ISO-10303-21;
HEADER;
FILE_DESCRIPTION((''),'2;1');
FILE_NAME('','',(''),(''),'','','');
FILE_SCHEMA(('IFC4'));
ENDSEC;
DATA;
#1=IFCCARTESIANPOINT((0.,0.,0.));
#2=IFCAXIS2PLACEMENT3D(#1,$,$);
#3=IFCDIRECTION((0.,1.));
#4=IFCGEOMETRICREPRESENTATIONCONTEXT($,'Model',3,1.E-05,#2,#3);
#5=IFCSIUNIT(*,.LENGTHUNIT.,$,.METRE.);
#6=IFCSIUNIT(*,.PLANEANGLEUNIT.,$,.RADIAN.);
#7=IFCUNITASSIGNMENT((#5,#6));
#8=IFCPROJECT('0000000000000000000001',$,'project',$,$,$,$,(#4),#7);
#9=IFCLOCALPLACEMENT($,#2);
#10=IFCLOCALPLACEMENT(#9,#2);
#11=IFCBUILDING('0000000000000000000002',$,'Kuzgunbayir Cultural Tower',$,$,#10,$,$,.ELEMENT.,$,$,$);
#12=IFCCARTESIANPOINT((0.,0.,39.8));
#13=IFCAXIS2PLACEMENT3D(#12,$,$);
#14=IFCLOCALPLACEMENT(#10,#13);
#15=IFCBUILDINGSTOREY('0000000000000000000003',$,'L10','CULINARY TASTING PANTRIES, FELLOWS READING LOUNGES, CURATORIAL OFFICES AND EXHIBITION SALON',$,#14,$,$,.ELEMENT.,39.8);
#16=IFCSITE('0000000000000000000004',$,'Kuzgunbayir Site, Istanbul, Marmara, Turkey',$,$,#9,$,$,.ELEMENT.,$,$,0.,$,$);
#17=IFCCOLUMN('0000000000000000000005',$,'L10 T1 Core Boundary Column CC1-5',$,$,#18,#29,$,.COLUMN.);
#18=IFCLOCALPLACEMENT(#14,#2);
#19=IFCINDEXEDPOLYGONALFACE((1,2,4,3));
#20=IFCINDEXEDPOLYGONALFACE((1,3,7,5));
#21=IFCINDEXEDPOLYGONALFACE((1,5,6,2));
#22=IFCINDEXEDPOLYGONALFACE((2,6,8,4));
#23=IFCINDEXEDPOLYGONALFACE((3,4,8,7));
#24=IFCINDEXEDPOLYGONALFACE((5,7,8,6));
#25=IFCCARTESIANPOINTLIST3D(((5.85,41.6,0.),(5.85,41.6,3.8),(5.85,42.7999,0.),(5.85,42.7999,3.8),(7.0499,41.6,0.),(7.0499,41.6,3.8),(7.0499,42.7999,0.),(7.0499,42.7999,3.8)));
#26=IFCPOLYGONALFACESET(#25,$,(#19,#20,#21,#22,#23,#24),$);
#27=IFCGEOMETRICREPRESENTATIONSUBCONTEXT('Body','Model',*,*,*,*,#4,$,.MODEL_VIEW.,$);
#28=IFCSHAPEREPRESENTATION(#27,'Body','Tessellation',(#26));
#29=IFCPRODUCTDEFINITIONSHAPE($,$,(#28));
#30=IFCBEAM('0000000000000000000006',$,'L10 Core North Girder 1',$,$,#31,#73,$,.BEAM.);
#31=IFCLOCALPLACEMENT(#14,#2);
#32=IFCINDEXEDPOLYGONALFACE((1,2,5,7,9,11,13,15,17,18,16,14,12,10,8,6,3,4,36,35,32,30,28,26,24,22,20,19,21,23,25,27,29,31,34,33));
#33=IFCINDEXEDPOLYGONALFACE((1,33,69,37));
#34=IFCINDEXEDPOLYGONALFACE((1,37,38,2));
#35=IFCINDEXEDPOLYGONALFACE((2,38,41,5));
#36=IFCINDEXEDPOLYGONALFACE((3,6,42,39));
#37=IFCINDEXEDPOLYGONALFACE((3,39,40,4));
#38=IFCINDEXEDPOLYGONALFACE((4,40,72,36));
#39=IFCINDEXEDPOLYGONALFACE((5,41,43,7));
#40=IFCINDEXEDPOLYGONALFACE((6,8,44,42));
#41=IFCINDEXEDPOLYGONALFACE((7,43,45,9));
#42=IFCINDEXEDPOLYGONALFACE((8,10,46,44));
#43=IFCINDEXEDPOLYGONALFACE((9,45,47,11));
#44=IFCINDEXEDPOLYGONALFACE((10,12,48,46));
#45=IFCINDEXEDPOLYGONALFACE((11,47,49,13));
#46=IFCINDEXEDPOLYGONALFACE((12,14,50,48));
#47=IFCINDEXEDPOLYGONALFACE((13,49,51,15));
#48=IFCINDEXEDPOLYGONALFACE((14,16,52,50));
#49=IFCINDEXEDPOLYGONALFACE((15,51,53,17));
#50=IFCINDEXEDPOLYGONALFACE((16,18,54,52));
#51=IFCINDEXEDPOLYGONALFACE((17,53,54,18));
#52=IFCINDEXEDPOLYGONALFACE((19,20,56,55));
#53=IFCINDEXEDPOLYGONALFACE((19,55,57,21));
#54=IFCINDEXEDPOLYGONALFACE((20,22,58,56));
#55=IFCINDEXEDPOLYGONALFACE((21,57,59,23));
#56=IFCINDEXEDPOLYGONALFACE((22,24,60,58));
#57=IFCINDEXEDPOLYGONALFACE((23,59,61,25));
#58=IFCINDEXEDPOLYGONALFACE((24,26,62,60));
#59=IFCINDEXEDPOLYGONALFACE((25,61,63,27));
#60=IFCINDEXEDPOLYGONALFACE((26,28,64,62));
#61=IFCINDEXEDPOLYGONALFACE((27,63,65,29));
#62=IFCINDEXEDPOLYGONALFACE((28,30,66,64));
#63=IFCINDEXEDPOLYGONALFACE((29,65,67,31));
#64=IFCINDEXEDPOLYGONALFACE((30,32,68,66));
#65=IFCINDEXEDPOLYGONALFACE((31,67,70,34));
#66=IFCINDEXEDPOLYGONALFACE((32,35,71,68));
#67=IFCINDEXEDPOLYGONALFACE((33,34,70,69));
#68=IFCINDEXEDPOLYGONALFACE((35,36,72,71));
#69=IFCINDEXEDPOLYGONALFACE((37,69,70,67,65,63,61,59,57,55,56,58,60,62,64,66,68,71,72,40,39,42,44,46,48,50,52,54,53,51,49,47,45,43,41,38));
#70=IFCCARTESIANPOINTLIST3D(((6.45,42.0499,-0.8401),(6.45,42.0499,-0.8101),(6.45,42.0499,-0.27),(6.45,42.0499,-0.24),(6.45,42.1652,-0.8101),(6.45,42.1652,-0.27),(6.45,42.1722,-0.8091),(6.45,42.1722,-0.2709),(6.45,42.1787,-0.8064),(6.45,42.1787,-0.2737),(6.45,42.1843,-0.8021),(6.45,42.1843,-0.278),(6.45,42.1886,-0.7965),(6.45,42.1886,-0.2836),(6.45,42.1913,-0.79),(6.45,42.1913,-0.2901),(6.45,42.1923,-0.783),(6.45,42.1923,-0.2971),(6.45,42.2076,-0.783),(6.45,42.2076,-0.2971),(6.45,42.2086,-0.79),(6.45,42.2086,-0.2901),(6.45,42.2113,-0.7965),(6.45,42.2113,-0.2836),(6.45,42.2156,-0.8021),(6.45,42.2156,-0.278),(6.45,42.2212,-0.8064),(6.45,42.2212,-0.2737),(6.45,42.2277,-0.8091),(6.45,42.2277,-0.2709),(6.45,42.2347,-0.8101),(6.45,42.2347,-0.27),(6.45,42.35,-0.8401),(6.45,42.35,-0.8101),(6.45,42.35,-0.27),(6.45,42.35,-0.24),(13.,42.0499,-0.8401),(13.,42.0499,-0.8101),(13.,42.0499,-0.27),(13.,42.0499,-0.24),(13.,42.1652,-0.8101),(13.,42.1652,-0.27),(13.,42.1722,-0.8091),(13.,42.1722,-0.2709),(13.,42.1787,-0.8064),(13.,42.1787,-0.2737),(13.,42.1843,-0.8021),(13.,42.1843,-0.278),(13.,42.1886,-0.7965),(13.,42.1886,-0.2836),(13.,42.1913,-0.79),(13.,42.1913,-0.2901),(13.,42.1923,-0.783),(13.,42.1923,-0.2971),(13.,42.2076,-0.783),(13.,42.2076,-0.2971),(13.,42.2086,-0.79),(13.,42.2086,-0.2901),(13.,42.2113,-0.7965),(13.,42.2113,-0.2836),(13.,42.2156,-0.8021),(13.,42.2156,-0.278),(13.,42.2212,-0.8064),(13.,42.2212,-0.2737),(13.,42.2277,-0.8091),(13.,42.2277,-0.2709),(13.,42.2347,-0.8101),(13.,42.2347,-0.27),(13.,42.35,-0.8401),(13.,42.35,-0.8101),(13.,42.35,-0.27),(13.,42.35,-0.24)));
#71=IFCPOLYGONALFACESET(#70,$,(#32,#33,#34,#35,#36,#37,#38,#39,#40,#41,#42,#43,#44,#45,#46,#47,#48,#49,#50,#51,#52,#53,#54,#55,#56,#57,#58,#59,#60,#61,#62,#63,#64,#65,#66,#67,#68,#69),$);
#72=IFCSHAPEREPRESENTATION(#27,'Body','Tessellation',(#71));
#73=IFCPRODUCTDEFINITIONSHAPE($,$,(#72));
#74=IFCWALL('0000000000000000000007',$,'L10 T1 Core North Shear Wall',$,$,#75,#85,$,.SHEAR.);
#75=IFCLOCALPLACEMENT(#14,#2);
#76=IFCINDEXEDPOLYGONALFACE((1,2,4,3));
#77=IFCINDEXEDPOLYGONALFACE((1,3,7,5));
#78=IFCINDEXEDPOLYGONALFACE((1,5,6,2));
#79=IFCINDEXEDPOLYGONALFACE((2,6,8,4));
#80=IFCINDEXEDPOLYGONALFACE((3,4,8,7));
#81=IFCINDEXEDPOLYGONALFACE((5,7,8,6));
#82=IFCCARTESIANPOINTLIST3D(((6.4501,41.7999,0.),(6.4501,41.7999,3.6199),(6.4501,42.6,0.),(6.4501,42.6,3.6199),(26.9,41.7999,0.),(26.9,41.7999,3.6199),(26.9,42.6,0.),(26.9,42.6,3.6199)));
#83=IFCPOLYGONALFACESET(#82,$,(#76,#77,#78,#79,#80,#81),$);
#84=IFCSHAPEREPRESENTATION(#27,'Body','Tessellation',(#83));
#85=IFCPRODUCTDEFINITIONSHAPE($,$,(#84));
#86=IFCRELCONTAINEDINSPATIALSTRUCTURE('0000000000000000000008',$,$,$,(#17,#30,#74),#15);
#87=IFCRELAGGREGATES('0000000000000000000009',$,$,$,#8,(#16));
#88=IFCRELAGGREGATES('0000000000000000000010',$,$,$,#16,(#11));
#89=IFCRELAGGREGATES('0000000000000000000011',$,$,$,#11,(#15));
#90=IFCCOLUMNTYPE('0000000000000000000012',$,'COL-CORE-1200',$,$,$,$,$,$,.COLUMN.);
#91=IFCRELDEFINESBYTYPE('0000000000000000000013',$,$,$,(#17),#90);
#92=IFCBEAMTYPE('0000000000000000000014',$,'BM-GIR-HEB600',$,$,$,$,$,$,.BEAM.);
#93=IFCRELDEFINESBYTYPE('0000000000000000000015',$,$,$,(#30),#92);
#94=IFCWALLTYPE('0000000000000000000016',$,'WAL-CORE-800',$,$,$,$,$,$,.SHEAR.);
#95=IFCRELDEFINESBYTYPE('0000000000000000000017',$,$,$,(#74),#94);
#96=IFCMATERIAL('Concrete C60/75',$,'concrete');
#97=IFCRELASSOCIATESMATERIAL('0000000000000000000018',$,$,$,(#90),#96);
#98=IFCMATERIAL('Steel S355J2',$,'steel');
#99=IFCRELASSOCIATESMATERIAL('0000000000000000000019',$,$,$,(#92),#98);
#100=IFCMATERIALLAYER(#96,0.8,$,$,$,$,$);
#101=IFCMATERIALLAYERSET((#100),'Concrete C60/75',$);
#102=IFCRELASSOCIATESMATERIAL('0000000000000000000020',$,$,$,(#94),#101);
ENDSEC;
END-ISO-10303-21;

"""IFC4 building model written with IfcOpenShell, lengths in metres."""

from ifc_helpers import new_model, si_unit, direction, frame, frame_2d, origin, origin_2d, place, context, subcontext, project, spatial, rectangle, i_section, extrude, material, layer, layer_set, material_profile, profile_set, type_object, element, save


model = new_model("IFC4")

# Units and contexts
model_context = context("Model", 3, precision=1e-05, world=origin(), true_north=direction((0.0, 1.0)))
body_context = subcontext(model_context, "Body", "Model", "MODEL_VIEW")
ifc_project = project(units=[si_unit("LENGTHUNIT", "METRE"), si_unit("PLANEANGLEUNIT", "RADIAN")], contexts=[model_context])

# Site, building, storey
site_placement = place(None, origin())
site = spatial("IfcSite", under=ifc_project, at=site_placement, Name="Kuzgunbayir Site, Istanbul, Marmara, Turkey", CompositionType="ELEMENT", RefElevation=0.0)
building_placement = place(site_placement, origin())
building = spatial("IfcBuilding", under=site, at=building_placement, Name="Kuzgunbayir Cultural Tower", CompositionType="ELEMENT")
storey_placement = place(building_placement, frame((0.0, 0.0, 39.8)))
storey = spatial("IfcBuildingStorey", under=building, at=storey_placement, Name="L10", Description="CULINARY TASTING PANTRIES, FELLOWS READING LOUNGES, CURATORIAL OFFICES AND EXHIBITION SALON", CompositionType="ELEMENT", Elevation=39.8)

# Column
ifc_material_1 = material(Name="Concrete C60/75", Category="concrete")
ifc_material_profile_1 = material_profile(ifc_material_1, rectangle(XDim=1.2, YDim=1.2, at=origin_2d()), Name="RC 1200x1200")
ifc_profile_set_1 = profile_set([ifc_material_profile_1], Name="Concrete C60/75")
column_type = type_object("IfcColumnType", Name="COL-CORE-1200", PredefinedType="COLUMN", material=ifc_profile_set_1)
column_placement = place(storey_placement, frame((6.45, 42.2, 0.0), z_axis=(0.0, 0.0, 1.0), x_axis=(1.0, 0.0, 0.0)))
element("IfcColumn", 1, at=column_placement, inside=storey, type_object=column_type, Name="L10 T1 Core Boundary Column CC1-5", PredefinedType="COLUMN", context=body_context, shape_type="SweptSolid", body=[
    extrude(rectangle(XDim=1.2, YDim=1.2, at=origin_2d()), origin(), (0.0, 0.0, 1.0), 3.8),
])

# Beam
ifc_material_2 = material(Name="Steel S355J2", Category="steel")
ifc_material_profile_2 = material_profile(ifc_material_2, i_section(OverallWidth=0.3, OverallDepth=0.6001, WebThickness=0.0154, FlangeThickness=0.03, FilletRadius=0.0271, at=origin_2d()), Name="HEB 600")
ifc_profile_set_2 = profile_set([ifc_material_profile_2], Name="Steel S355J2")
beam_type = type_object("IfcBeamType", Name="BM-GIR-HEB600", PredefinedType="BEAM", material=ifc_profile_set_2)
beam_placement = place(storey_placement, frame((6.45, 42.2, -0.54), z_axis=(1.0, 0.0, 0.0), x_axis=(0.0, 1.0, 0.0)))
element("IfcBeam", 2, at=beam_placement, inside=storey, type_object=beam_type, Name="L10 Core North Girder 1", PredefinedType="BEAM", context=body_context, shape_type="SweptSolid", body=[
    extrude(i_section(OverallWidth=0.3, OverallDepth=0.6001, WebThickness=0.0154, FlangeThickness=0.03, FilletRadius=0.0271, at=origin_2d()), origin(), (0.0, 0.0, 1.0), 6.55),
])

# Wall
ifc_layer_1 = layer(ifc_material_1, 0.8)
ifc_layer_set_1 = layer_set([ifc_layer_1], Name="Concrete C60/75")
wall_type_1 = type_object("IfcWallType", Name="WAL-CORE-800", PredefinedType="SHEAR", material=ifc_layer_set_1)
wall_1_placement = place(storey_placement, frame((6.45, 42.2, 0.0), z_axis=(0.0, 0.0, 1.0), x_axis=(1.0, 0.0, 0.0)))
element("IfcWall", 3, at=wall_1_placement, inside=storey, type_object=wall_type_1, Name="L10 T1 Core North Shear Wall", PredefinedType="SHEAR", context=body_context, shape_type="SweptSolid", body=[
    extrude(rectangle(XDim=20.45, YDim=0.8, at=frame_2d((10.2251, 0.0))), origin(), (0.0, 0.0, 1.0), 3.6199),
])

save(model, "model.ifc")
